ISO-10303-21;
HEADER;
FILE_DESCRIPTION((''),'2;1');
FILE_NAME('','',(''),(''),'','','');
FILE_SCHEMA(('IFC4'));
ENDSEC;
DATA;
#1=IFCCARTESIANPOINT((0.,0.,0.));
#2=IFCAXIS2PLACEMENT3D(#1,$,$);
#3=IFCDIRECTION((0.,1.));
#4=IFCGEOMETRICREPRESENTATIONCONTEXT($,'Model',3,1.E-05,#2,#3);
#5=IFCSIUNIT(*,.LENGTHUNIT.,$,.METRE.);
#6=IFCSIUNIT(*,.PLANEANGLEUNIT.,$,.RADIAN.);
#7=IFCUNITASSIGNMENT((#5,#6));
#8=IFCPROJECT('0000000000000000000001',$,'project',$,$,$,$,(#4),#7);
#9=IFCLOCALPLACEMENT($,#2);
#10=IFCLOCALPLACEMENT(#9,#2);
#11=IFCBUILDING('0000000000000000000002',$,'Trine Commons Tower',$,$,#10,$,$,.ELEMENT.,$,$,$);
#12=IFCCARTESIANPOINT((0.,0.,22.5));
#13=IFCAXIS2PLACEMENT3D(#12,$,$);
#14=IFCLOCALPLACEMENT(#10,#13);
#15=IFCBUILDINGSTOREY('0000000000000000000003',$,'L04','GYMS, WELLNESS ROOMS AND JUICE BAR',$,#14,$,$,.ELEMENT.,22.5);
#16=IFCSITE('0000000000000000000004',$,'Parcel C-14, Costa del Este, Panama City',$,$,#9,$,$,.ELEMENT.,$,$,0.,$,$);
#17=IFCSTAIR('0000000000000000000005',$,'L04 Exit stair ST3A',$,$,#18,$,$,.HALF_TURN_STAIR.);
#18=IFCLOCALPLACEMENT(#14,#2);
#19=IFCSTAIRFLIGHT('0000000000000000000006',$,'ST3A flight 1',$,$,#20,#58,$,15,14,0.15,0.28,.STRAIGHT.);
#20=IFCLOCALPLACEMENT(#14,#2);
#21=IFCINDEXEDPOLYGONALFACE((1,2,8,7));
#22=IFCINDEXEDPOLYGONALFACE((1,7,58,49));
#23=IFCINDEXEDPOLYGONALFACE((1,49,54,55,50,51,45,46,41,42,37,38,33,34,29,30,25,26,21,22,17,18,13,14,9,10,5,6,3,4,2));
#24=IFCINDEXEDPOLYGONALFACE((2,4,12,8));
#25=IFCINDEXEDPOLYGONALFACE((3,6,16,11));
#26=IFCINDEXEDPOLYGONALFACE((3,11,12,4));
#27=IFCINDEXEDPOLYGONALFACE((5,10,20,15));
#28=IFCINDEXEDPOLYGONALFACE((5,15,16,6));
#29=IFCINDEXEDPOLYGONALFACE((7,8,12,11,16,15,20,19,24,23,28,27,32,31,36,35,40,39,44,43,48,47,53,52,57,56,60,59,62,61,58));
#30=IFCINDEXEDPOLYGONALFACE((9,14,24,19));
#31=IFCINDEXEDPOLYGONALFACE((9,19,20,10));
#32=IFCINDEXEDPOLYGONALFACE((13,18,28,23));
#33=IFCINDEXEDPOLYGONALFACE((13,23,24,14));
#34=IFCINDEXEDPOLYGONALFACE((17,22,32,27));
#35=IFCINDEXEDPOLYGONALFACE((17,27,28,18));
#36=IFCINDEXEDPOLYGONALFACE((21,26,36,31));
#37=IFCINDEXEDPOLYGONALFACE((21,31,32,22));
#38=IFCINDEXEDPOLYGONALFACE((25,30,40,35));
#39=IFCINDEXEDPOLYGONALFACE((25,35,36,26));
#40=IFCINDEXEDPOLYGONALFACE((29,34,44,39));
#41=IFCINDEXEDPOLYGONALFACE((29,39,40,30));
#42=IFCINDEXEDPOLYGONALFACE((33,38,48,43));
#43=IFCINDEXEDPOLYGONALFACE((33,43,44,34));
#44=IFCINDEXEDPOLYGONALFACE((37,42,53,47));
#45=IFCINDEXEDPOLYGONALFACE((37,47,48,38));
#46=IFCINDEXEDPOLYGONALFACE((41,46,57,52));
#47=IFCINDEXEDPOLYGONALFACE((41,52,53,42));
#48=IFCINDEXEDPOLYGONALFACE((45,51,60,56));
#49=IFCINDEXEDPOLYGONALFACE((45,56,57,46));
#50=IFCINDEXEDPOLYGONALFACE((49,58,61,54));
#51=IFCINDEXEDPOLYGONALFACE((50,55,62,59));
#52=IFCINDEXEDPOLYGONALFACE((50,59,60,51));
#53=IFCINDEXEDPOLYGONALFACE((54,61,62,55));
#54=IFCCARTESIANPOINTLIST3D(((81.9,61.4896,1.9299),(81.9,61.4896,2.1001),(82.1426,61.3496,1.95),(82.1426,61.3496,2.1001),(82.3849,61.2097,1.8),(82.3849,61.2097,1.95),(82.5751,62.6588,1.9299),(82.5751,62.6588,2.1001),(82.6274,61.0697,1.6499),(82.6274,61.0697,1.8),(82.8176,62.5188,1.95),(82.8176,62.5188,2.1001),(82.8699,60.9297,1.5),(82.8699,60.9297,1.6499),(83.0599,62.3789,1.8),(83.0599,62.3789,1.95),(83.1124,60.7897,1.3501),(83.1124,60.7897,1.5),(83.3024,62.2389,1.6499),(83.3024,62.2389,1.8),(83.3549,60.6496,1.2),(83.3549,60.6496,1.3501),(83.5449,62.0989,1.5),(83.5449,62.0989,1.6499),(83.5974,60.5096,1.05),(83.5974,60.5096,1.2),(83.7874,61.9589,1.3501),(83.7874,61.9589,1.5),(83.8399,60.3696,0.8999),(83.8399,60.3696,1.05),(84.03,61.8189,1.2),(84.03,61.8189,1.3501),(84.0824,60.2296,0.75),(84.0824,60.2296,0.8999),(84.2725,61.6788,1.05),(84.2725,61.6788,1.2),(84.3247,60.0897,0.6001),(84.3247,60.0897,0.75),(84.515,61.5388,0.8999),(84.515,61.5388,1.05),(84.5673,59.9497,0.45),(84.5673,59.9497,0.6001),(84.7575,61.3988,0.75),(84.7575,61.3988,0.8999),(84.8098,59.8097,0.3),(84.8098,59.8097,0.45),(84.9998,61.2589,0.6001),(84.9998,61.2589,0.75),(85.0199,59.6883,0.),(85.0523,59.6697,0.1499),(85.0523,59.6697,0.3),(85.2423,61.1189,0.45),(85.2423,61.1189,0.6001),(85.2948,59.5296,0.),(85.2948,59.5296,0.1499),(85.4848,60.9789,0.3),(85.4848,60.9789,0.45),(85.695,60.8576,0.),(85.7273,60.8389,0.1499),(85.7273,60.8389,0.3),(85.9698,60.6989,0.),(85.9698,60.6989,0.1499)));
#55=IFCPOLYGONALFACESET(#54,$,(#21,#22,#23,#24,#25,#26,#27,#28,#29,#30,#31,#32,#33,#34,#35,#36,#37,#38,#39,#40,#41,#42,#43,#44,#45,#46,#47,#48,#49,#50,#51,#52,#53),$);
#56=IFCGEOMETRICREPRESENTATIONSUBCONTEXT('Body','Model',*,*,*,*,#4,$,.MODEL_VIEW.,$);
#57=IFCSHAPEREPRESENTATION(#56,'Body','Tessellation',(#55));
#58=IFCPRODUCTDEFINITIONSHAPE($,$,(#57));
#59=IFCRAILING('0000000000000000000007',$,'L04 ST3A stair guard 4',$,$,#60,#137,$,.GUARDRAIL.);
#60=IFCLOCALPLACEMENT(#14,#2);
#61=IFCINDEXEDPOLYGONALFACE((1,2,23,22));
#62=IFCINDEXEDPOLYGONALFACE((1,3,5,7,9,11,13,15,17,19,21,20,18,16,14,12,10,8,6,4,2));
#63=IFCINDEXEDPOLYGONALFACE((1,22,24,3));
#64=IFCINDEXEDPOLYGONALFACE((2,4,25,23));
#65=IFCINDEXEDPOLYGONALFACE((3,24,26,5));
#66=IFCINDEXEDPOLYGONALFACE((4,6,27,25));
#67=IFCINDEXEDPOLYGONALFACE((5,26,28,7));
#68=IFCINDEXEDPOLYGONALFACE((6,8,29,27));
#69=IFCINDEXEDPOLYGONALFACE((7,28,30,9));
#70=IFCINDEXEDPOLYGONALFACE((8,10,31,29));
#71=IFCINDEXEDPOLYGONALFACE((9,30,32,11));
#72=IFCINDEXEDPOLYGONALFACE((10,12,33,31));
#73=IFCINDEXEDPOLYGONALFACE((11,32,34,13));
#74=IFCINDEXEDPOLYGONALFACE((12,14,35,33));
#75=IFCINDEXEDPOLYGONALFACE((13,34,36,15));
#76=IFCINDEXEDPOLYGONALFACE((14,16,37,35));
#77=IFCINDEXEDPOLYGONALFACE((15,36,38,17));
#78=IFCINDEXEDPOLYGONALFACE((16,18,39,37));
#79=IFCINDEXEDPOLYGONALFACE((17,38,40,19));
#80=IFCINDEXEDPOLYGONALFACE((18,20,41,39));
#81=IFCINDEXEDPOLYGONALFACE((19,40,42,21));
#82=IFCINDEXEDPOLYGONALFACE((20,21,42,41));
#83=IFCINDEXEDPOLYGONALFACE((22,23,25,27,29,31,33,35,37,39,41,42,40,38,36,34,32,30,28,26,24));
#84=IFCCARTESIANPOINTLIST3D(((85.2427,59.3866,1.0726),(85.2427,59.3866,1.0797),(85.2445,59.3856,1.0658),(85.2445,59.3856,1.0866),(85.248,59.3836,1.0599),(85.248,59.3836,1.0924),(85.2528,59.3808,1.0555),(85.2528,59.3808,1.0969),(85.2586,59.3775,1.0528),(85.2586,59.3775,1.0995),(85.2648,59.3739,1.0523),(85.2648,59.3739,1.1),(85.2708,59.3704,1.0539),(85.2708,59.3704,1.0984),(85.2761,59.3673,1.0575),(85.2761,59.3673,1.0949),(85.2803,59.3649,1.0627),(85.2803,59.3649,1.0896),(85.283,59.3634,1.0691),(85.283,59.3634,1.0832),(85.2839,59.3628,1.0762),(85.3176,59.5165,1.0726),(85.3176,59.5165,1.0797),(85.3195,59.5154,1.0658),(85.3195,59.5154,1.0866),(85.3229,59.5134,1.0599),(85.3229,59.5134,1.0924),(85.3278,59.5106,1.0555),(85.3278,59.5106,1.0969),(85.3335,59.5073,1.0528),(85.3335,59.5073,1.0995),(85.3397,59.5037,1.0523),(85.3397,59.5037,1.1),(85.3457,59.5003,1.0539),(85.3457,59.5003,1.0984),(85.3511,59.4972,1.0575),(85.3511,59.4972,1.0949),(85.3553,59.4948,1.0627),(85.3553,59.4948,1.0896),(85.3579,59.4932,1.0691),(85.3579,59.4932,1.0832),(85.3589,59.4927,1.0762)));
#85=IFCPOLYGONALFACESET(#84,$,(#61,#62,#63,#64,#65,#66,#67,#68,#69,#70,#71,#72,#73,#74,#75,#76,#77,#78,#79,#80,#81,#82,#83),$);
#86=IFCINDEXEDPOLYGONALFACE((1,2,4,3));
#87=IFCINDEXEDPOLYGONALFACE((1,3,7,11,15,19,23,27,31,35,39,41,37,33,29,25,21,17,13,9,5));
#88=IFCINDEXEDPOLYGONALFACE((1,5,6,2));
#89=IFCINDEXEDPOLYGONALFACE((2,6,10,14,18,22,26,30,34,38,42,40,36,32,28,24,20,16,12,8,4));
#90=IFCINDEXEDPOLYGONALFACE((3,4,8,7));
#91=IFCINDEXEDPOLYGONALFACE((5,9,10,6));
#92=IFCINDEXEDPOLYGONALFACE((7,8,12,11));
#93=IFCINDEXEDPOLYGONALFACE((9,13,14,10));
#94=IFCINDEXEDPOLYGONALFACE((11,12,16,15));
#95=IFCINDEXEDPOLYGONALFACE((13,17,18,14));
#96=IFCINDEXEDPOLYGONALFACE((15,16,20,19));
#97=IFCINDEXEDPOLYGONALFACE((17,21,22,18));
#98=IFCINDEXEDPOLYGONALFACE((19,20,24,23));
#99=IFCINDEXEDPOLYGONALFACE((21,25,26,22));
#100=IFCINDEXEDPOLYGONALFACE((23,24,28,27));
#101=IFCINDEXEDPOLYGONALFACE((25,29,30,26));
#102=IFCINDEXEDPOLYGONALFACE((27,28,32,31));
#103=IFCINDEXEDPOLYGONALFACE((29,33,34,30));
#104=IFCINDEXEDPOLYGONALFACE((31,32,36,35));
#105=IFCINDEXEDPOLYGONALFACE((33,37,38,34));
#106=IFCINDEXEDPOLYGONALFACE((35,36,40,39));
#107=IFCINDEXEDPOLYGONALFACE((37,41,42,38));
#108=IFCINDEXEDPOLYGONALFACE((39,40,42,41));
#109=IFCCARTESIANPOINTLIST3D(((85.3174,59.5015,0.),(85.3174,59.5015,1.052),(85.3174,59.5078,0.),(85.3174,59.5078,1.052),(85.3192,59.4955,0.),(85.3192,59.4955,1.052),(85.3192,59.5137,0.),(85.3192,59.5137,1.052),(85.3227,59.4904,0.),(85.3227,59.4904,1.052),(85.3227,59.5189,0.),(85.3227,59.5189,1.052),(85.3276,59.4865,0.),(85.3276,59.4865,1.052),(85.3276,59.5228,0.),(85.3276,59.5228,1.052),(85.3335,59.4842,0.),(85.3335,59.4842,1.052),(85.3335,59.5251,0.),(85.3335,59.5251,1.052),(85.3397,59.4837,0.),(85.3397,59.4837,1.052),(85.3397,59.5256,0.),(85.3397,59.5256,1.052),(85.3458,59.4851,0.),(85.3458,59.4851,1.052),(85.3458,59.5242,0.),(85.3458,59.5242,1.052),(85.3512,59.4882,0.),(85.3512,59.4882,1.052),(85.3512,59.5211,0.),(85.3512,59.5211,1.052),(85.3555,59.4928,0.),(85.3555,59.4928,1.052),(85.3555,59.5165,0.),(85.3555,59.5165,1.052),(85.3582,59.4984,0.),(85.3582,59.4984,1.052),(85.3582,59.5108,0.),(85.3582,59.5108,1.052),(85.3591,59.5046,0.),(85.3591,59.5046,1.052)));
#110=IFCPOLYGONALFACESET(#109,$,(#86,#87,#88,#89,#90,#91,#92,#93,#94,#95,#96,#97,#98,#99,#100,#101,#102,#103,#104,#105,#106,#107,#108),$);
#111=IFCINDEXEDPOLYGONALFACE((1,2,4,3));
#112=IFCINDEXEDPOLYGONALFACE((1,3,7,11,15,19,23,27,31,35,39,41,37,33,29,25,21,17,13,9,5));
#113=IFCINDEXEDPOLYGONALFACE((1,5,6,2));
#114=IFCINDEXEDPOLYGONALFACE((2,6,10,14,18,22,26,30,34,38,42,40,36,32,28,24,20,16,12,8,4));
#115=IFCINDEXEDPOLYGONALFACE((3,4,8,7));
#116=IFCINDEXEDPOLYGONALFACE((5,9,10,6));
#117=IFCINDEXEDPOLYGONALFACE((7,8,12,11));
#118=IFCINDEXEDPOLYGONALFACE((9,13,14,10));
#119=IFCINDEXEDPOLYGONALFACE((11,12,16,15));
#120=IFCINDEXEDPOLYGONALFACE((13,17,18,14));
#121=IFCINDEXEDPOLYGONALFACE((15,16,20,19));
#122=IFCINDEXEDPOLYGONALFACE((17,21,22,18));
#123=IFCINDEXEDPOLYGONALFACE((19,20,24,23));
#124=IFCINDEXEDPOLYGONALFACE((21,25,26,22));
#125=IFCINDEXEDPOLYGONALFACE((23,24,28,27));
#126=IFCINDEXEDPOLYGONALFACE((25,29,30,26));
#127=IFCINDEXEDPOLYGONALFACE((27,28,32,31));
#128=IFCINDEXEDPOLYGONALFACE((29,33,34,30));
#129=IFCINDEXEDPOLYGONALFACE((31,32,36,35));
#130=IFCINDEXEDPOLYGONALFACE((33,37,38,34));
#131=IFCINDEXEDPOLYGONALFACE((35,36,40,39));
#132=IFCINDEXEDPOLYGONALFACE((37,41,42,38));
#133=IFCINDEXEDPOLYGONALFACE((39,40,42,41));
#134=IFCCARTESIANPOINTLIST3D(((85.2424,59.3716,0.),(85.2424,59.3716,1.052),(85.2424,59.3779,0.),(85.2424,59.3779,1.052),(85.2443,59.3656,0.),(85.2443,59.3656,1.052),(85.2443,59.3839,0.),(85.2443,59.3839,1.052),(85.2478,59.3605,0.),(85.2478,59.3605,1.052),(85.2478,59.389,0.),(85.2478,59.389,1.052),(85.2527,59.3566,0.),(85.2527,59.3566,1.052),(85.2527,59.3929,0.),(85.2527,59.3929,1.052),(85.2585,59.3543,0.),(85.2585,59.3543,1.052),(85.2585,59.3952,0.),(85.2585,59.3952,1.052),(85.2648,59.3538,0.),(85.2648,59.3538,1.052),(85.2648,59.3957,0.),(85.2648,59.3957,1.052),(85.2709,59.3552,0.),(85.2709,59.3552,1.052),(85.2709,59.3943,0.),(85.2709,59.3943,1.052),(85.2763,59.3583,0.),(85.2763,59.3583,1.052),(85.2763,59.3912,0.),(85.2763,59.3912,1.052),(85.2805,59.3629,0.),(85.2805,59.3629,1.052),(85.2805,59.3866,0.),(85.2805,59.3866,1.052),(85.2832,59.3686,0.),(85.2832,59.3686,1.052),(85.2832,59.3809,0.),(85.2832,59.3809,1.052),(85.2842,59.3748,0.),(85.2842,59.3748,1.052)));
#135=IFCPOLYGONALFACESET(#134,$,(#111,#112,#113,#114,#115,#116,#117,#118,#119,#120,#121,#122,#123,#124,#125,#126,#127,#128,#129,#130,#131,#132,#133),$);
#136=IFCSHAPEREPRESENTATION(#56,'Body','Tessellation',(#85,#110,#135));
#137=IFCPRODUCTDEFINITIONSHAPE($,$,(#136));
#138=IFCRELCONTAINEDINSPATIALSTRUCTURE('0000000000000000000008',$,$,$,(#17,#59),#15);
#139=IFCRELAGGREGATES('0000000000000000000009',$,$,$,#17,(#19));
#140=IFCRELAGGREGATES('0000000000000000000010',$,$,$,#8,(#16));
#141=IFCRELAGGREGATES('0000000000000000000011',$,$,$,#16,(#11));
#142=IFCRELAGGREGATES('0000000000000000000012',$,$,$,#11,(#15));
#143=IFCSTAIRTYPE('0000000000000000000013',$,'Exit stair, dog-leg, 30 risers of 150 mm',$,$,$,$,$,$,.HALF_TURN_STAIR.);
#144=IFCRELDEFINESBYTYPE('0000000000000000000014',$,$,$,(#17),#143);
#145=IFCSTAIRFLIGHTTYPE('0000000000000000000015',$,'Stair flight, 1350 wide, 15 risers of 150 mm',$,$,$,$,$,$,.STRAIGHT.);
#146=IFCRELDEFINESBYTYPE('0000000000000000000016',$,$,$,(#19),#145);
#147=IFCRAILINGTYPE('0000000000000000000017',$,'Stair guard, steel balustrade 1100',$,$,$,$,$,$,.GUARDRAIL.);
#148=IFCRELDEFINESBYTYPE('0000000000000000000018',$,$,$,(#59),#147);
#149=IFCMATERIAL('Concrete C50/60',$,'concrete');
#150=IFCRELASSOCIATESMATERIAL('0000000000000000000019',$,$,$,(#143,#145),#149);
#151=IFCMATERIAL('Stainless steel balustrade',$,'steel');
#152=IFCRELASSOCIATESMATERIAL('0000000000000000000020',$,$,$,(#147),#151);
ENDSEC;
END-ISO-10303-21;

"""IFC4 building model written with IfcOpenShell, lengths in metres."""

from ifc_helpers import new_model, si_unit, direction, frame, origin, origin_2d, place, context, subcontext, project, spatial, polyline, circle, outline, extrude, material, type_object, element, aggregate, save


model = new_model("IFC4")

# Units and contexts
model_context = context("Model", 3, precision=1e-05, world=origin(), true_north=direction((0.0, 1.0)))
body_context = subcontext(model_context, "Body", "Model", "MODEL_VIEW")
ifc_project = project(units=[si_unit("LENGTHUNIT", "METRE"), si_unit("PLANEANGLEUNIT", "RADIAN")], contexts=[model_context])

# Site, building, storey
site_placement = place(None, origin())
site = spatial("IfcSite", under=ifc_project, at=site_placement, Name="Parcel C-14, Costa del Este, Panama City", CompositionType="ELEMENT", RefElevation=0.0)
building_placement = place(site_placement, origin())
building = spatial("IfcBuilding", under=site, at=building_placement, Name="Trine Commons Tower", CompositionType="ELEMENT")
storey_placement = place(building_placement, frame((0.0, 0.0, 22.5)))
storey = spatial("IfcBuildingStorey", under=building, at=storey_placement, Name="L04", Description="GYMS, WELLNESS ROOMS AND JUICE BAR", CompositionType="ELEMENT", Elevation=22.5)

# Shared definitions
ifc_material_1 = material(Name="Concrete C50/60", Category="concrete")

# Stair, stair flight
stair_type = type_object("IfcStairType", Name="Exit stair, dog-leg, 30 risers of 150 mm", PredefinedType="HALF_TURN_STAIR", material=ifc_material_1)
stair_placement = place(storey_placement, origin())
stair = element("IfcStair", 1, at=stair_placement, inside=storey, type_object=stair_type, Name="L04 Exit stair ST3A", PredefinedType="HALF_TURN_STAIR")
stair_flight_type = type_object("IfcStairFlightType", Name="Stair flight, 1350 wide, 15 risers of 150 mm", PredefinedType="STRAIGHT", material=ifc_material_1)
stair_flight_placement = place(storey_placement, frame((85.6323, 60.1143, 0.0), z_axis=(0.0, 0.0, 1.0), x_axis=(-0.866025, 0.5, 0.0)))
stair_flight = element("IfcStairFlight", 2, at=stair_flight_placement, type_object=stair_flight_type, Name="ST3A flight 1", NumberOfRisers=15, NumberOfTreads=14, PredefinedType="STRAIGHT", RiserHeight=0.15, TreadLength=0.28, context=body_context, shape_type="SweptSolid", body=[
    extrude(outline(polyline([(0.0, 0.0), (0.0, 0.1499), (0.28, 0.1499), (0.28, 0.3), (0.5601, 0.3), (0.5601, 0.45), (0.8401, 0.45), (0.8401, 0.6001), (1.1201, 0.6001), (1.1201, 0.75), (1.3999, 0.75), (1.3999, 0.8999), (1.6799, 0.8999), (1.6799, 1.05), (1.96, 1.05), (1.96, 1.2), (2.24, 1.2), (2.24, 1.3501), (2.52, 1.3501), (2.52, 1.5), (2.8, 1.5), (2.8, 1.6499), (3.0801, 1.6499), (3.0801, 1.8), (3.3601, 1.8), (3.3601, 1.95), (3.6399, 1.95), (3.6399, 2.1001), (3.9199, 2.1001), (3.9199, 2.25), (3.9199, 1.9299), (0.3174, 0.0), (0.0, 0.0)])), frame((0.0, 0.675, 0.0), z_axis=(0.0, -1.0, 0.0), x_axis=(1.0, 0.0, 0.0)), (0.0, 0.0, 1.0), 1.3501),
])
aggregate(stair, [stair_flight])

# Railing
ifc_material_2 = material(Name="Stainless steel balustrade", Category="steel")
railing_type_1 = type_object("IfcRailingType", Name="Stair guard, steel balustrade 1100", PredefinedType="GUARDRAIL", material=ifc_material_2)
railing_1_placement = place(storey_placement, frame((85.3381, 59.5046, 0.0)))
element("IfcRailing", 3, at=railing_1_placement, inside=storey, type_object=railing_type_1, Name="L04 ST3A stair guard 4", PredefinedType="GUARDRAIL", context=body_context, shape_type="SweptSolid", body=[
    extrude(circle(Radius=0.0239, at=origin_2d()), frame((0.0, 0.0, 1.0762), z_axis=(-0.499816, -0.866131, 0.0), x_axis=(0.866131, -0.499816, 0.0)), (0.0, 0.0, 1.0), 0.1499),
    extrude(circle(Radius=0.021, at=origin_2d()), origin(), (0.0, 0.0, 1.0), 1.052),
    extrude(circle(Radius=0.021, at=origin_2d()), frame((-0.075, -0.1299, 0.0)), (0.0, 0.0, 1.0), 1.052),
])

save(model, "model.ifc")
